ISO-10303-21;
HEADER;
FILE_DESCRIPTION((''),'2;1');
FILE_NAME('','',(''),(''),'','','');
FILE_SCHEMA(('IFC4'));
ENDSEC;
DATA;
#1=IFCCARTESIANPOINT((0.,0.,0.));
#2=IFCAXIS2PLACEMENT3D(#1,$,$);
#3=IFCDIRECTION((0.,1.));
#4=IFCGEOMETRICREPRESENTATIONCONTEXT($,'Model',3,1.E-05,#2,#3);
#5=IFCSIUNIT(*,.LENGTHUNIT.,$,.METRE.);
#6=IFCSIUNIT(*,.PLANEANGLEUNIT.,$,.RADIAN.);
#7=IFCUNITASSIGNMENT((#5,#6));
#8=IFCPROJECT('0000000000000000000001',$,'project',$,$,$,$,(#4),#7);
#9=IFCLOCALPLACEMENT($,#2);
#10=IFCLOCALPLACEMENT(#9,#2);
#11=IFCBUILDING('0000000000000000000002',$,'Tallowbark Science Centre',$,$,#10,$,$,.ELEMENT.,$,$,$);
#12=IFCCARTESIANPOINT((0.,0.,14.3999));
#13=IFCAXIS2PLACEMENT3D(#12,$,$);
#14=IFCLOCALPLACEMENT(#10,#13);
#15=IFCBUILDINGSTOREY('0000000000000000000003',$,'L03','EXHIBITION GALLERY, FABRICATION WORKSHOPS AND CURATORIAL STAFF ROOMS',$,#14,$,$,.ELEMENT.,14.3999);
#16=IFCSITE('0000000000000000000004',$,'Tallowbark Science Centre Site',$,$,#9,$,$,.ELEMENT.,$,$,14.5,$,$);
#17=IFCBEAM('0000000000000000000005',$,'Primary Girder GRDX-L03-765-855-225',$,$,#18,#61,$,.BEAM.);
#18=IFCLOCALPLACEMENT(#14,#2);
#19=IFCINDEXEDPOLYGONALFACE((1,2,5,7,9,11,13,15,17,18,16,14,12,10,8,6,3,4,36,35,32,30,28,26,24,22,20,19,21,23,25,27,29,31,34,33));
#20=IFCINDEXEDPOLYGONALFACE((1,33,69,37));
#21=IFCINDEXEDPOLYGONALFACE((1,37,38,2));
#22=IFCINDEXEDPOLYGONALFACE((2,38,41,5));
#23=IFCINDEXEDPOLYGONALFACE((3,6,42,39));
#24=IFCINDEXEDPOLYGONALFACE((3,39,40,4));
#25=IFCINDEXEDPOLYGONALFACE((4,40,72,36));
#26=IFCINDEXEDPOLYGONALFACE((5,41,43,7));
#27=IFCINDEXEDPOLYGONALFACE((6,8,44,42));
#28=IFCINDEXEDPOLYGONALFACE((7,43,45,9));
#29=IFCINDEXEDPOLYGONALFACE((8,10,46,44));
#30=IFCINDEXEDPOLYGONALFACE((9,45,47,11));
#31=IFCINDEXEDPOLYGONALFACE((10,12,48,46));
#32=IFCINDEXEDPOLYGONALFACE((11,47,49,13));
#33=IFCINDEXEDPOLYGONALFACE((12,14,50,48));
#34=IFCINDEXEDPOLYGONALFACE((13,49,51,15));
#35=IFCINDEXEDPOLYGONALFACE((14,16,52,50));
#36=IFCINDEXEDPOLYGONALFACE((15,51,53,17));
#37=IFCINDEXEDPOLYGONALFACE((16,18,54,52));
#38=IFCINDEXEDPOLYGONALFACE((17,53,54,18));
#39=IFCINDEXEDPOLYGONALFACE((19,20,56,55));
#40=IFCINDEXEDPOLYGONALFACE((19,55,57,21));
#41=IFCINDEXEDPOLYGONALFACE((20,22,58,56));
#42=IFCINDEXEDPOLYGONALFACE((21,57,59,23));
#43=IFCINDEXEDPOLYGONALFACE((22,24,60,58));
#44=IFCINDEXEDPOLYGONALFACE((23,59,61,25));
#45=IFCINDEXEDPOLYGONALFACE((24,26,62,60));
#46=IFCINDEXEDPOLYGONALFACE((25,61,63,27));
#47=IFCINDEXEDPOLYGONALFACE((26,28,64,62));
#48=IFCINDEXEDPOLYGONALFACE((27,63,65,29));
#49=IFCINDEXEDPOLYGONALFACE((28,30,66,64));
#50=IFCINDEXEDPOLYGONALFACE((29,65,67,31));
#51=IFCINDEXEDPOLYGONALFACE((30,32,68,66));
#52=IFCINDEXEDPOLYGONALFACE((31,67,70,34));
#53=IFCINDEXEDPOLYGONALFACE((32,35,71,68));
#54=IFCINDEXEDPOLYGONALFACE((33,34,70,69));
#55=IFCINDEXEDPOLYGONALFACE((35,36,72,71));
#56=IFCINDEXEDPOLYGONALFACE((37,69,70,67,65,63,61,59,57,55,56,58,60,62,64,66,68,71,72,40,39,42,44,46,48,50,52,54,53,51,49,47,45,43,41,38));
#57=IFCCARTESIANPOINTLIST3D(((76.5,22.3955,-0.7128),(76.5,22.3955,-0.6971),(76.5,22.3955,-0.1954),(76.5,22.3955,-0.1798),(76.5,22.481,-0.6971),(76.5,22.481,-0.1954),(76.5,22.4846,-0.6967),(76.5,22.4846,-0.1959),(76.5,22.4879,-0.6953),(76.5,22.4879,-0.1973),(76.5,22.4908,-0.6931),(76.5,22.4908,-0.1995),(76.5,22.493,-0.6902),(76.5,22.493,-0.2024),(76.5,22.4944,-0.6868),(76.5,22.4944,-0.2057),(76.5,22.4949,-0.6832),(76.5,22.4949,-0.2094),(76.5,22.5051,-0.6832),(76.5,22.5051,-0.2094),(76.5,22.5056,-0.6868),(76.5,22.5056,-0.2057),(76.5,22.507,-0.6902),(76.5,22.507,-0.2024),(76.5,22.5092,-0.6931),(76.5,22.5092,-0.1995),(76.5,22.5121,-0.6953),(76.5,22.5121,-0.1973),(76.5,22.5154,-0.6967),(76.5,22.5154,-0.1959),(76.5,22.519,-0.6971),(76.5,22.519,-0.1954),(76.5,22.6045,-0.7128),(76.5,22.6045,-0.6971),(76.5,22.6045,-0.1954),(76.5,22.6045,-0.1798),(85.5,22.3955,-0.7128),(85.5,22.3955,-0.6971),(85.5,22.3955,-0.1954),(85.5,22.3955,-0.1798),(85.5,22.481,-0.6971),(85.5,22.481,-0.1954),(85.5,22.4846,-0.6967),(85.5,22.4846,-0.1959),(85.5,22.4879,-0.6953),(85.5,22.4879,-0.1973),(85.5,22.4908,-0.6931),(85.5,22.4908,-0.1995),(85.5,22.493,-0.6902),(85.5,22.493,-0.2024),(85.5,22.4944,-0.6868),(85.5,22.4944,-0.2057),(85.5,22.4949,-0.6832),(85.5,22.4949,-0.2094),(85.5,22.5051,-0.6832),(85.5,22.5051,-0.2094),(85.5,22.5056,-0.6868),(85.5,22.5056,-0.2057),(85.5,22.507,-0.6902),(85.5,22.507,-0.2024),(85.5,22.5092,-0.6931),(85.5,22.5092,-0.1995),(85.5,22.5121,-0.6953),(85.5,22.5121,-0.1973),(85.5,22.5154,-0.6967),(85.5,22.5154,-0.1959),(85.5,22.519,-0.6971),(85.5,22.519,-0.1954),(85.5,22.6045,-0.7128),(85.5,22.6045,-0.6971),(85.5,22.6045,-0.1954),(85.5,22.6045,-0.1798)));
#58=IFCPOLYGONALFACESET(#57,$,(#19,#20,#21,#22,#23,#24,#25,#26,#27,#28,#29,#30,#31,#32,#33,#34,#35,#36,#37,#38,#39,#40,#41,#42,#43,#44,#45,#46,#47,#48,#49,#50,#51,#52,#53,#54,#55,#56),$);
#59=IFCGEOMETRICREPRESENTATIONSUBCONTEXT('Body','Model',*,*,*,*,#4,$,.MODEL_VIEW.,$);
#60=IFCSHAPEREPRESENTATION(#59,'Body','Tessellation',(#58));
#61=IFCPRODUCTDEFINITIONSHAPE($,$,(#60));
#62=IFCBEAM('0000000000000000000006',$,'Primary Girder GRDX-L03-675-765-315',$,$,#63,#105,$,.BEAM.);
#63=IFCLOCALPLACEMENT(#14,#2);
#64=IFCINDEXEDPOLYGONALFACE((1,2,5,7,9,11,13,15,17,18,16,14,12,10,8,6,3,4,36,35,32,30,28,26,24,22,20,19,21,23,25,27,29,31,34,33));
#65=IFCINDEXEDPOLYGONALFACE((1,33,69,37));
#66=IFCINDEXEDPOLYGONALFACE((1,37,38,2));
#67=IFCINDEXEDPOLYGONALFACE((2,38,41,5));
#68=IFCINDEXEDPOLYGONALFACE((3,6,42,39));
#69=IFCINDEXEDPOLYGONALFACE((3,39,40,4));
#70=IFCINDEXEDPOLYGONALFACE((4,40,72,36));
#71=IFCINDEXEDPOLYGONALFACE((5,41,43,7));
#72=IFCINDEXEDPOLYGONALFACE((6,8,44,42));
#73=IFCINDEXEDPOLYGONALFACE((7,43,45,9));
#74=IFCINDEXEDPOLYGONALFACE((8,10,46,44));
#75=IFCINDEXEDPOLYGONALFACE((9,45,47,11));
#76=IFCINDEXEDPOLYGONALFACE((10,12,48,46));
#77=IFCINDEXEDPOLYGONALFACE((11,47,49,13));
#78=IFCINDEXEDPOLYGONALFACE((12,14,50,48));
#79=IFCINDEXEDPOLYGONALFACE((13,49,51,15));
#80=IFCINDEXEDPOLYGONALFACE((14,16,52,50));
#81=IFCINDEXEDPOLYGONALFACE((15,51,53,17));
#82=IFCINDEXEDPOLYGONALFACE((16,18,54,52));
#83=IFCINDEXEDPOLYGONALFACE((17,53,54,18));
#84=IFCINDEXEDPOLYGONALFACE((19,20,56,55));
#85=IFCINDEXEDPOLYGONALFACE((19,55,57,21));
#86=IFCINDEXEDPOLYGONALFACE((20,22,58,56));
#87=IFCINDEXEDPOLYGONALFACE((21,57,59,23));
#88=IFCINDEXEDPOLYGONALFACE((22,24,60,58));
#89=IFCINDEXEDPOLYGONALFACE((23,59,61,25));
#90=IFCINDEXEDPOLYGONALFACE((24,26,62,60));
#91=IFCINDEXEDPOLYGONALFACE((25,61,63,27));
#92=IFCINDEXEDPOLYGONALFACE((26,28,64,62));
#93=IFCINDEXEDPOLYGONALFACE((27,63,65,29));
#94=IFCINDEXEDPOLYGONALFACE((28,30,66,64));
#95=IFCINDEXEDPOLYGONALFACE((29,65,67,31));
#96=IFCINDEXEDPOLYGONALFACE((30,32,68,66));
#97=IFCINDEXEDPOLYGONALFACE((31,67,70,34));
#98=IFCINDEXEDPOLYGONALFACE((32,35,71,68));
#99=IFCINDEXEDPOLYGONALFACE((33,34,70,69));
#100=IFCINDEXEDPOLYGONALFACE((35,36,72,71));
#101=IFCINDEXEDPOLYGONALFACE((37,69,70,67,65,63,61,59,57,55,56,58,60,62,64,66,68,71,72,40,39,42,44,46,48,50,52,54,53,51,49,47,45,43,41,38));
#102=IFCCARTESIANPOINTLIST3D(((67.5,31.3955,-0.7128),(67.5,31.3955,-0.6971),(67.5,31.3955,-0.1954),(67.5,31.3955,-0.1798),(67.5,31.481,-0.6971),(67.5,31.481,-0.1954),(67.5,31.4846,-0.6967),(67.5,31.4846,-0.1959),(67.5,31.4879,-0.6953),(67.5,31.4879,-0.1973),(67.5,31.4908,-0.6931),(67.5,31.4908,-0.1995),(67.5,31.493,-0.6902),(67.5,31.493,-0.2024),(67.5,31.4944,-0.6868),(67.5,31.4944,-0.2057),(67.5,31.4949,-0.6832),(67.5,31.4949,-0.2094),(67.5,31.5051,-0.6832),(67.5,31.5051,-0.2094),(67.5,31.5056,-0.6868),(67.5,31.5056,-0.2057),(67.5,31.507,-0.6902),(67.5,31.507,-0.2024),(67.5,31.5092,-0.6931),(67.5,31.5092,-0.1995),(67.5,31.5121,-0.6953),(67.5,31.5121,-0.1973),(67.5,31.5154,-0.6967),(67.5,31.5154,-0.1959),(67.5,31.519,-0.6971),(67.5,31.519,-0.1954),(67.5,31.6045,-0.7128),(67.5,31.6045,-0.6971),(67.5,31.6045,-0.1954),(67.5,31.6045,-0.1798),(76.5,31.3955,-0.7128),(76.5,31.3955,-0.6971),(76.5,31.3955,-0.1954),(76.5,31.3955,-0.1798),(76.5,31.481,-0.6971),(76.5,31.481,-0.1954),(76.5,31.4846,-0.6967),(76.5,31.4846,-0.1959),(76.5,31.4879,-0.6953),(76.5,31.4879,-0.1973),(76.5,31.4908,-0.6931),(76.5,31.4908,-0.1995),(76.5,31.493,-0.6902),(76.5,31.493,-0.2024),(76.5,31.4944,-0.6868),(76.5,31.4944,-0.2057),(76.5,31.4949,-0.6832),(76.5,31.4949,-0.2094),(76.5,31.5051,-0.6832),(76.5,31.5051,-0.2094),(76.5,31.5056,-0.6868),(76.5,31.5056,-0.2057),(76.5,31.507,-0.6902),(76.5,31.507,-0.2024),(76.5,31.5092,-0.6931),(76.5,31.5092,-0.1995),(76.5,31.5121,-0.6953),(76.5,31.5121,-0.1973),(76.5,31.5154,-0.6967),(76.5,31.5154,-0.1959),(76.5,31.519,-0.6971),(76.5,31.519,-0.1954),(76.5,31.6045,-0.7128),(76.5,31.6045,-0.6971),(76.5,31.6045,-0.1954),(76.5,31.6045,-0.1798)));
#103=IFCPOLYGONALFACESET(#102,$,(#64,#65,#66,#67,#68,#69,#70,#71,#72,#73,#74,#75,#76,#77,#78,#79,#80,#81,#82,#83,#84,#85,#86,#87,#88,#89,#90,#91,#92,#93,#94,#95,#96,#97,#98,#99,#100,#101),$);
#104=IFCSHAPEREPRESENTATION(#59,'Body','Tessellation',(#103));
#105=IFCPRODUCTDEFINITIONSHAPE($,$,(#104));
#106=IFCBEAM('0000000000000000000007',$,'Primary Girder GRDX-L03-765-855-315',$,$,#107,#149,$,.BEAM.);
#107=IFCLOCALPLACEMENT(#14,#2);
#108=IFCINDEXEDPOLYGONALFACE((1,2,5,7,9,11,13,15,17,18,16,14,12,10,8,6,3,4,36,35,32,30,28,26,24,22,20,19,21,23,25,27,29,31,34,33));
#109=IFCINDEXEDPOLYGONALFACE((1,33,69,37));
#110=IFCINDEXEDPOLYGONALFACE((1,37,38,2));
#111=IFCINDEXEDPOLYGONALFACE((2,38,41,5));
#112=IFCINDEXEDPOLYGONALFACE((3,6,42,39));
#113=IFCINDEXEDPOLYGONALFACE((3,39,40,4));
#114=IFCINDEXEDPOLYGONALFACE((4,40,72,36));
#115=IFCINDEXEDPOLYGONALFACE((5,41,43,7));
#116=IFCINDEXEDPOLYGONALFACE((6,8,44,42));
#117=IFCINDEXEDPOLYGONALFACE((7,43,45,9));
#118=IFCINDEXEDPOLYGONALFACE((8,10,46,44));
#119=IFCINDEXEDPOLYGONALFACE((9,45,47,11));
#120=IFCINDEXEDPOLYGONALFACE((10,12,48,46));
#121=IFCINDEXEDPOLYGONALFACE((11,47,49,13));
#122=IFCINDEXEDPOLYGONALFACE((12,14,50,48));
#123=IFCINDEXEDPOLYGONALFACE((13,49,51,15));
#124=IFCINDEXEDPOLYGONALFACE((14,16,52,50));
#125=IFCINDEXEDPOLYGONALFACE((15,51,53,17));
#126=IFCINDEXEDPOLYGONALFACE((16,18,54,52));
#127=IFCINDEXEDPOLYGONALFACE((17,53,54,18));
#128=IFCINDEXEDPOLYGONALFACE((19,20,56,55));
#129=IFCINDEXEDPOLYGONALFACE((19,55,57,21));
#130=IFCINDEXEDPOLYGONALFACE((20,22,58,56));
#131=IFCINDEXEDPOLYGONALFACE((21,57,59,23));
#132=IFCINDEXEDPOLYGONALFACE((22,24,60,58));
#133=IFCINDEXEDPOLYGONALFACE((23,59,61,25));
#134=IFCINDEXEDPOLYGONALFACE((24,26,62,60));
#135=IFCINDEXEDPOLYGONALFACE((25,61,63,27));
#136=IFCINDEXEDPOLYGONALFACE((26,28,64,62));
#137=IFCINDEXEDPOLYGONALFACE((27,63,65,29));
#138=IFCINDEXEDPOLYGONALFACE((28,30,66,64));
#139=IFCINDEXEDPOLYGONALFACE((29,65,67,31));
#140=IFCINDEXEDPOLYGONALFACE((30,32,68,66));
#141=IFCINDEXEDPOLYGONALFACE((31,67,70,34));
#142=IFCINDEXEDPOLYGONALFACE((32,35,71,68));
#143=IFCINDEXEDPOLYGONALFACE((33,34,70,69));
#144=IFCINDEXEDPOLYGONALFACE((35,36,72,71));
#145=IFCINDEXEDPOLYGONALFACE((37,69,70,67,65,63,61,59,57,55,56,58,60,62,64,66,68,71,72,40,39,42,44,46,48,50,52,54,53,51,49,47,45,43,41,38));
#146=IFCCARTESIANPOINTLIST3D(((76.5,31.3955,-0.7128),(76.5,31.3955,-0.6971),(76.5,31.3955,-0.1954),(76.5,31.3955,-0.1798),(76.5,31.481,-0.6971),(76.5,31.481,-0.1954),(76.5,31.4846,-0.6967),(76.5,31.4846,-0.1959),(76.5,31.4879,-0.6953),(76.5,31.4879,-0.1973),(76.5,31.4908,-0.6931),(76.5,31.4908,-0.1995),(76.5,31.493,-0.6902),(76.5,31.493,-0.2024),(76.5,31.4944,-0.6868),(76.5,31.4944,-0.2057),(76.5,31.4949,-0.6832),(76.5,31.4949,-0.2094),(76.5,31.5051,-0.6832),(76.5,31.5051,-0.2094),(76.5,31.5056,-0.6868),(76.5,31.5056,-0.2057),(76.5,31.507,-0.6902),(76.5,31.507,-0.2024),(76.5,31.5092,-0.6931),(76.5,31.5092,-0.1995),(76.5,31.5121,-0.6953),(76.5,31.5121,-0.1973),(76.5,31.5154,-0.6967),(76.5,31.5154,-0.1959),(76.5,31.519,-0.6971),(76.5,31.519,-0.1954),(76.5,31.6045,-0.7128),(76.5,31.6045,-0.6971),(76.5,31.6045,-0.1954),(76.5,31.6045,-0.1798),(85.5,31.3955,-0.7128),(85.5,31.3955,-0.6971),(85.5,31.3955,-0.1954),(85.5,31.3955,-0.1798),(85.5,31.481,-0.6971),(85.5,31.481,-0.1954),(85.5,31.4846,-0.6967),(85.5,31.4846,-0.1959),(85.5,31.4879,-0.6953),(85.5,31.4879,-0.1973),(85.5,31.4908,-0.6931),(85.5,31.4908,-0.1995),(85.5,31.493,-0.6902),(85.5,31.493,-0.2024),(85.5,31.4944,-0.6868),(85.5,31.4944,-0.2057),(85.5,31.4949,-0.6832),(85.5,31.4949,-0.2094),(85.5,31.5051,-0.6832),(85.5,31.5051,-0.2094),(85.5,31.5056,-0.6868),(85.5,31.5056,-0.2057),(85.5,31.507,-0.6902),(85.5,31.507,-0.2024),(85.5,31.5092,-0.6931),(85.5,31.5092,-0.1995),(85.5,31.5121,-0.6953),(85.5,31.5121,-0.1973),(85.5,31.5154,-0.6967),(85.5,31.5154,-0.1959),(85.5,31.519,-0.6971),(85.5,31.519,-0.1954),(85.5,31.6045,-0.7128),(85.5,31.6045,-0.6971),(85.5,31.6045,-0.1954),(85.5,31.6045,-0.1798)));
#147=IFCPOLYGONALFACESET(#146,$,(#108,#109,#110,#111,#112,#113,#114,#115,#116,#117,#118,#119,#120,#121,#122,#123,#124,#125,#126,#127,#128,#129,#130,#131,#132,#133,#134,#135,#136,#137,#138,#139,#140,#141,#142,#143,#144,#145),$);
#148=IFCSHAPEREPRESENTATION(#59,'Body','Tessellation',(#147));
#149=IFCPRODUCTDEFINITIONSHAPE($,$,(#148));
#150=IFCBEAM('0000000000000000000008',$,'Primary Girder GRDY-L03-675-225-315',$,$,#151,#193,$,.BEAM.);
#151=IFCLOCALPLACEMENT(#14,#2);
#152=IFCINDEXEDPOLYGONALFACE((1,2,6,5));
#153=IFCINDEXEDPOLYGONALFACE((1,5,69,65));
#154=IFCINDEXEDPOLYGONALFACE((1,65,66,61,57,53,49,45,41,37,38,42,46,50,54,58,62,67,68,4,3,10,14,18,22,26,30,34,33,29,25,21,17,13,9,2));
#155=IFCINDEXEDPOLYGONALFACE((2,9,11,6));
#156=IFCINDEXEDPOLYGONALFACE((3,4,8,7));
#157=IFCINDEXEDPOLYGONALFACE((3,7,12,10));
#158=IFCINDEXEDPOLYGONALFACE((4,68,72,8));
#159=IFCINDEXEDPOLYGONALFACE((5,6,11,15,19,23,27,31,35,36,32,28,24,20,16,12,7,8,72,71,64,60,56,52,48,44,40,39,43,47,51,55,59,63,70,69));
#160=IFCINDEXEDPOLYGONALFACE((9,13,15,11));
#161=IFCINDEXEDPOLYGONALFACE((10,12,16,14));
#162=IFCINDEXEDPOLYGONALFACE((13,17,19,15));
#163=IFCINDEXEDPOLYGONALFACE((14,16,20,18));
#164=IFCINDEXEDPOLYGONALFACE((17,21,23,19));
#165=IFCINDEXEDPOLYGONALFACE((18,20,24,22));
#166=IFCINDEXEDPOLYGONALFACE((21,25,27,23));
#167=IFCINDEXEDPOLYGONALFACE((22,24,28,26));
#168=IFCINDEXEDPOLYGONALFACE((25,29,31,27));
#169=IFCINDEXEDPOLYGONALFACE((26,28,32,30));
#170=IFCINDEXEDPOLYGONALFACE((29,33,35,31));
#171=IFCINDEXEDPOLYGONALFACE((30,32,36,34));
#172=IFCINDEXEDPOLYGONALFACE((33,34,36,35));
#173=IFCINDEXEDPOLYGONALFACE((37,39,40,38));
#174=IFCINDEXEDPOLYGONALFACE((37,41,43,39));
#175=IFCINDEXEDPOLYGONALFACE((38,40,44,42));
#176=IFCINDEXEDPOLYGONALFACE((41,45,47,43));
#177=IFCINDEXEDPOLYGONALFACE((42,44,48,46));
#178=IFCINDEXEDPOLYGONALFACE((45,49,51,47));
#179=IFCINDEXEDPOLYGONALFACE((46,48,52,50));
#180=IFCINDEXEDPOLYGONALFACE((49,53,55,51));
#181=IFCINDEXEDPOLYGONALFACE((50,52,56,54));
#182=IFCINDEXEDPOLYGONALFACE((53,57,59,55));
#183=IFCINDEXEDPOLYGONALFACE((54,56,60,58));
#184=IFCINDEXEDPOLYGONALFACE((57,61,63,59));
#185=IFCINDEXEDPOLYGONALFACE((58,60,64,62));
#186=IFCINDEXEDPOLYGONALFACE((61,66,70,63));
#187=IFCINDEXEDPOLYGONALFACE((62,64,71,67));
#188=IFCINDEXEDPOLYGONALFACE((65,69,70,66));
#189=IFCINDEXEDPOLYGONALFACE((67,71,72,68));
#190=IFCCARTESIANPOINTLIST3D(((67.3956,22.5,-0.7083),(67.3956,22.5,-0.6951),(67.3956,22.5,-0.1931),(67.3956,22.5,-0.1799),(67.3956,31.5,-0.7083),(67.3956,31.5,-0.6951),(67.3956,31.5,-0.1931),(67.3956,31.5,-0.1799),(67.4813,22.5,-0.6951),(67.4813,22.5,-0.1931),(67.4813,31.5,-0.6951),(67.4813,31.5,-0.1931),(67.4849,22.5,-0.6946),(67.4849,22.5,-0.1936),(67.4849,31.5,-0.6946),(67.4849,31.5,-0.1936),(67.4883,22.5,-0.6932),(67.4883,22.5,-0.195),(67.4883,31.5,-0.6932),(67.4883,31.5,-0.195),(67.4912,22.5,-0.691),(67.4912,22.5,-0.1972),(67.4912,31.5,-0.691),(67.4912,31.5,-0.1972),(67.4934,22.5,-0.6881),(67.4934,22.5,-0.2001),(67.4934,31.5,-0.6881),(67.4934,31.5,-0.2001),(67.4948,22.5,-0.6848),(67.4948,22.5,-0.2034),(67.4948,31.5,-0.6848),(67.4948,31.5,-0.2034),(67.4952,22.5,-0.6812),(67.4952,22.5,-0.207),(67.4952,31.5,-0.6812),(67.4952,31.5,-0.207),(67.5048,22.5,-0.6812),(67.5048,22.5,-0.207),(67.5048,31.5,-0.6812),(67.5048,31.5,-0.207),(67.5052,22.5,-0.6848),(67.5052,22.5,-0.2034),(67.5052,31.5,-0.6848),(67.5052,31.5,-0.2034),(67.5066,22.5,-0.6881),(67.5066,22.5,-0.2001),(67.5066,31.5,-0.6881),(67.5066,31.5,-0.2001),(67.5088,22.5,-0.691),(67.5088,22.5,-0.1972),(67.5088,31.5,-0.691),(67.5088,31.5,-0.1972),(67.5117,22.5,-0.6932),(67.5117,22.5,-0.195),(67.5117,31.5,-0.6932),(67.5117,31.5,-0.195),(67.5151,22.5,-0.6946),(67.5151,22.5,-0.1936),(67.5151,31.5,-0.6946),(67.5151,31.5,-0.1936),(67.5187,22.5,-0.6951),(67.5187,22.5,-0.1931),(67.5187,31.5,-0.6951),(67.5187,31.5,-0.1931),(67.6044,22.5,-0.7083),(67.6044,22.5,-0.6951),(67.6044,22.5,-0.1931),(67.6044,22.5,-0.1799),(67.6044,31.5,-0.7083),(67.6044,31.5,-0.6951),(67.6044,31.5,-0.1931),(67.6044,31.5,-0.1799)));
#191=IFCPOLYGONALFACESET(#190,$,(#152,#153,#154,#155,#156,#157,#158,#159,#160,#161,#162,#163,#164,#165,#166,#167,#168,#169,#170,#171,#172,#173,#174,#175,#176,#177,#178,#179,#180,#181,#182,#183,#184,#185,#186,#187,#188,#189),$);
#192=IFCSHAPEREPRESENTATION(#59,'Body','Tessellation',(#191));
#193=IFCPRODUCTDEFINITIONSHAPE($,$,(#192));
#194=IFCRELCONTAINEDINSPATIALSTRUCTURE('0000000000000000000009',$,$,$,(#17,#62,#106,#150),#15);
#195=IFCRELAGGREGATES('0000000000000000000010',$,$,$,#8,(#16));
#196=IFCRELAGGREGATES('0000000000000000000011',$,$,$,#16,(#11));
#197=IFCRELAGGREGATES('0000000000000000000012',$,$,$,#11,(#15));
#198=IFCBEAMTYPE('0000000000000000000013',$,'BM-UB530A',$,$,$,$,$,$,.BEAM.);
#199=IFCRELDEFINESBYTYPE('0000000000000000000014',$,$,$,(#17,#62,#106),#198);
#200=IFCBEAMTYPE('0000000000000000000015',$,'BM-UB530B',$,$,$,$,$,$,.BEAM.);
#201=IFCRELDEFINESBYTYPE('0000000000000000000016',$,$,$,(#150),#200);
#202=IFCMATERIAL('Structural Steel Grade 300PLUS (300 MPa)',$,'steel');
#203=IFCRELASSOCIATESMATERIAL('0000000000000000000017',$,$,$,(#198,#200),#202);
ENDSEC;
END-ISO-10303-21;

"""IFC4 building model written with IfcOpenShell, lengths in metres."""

from ifc_helpers import new_model, si_unit, direction, frame, origin, origin_2d, place, context, subcontext, project, spatial, i_section, extrude, material, material_profile, profile_set, type_object, element, save


model = new_model("IFC4")

# Units and contexts
model_context = context("Model", 3, precision=1e-05, world=origin(), true_north=direction((0.0, 1.0)))
body_context = subcontext(model_context, "Body", "Model", "MODEL_VIEW")
ifc_project = project(units=[si_unit("LENGTHUNIT", "METRE"), si_unit("PLANEANGLEUNIT", "RADIAN")], contexts=[model_context])

# Site, building, storey
site_placement = place(None, origin())
site = spatial("IfcSite", under=ifc_project, at=site_placement, Name="Tallowbark Science Centre Site", CompositionType="ELEMENT", RefElevation=14.5)
building_placement = place(site_placement, origin())
building = spatial("IfcBuilding", under=site, at=building_placement, Name="Tallowbark Science Centre", CompositionType="ELEMENT")
storey_placement = place(building_placement, frame((0.0, 0.0, 14.3999)))
storey = spatial("IfcBuildingStorey", under=building, at=storey_placement, Name="L03", Description="EXHIBITION GALLERY, FABRICATION WORKSHOPS AND CURATORIAL STAFF ROOMS", CompositionType="ELEMENT", Elevation=14.3999)

# Shared definitions
ifc_material_1 = material(Name="Structural Steel Grade 300PLUS (300 MPa)", Category="steel")

# Beams
ifc_material_profile_1 = material_profile(ifc_material_1, i_section(OverallWidth=0.209, OverallDepth=0.533, WebThickness=0.0103, FlangeThickness=0.0156, FilletRadius=0.0139, at=origin_2d()), Name="530UB92.4")
ifc_profile_set_1 = profile_set([ifc_material_profile_1], Name="Structural Steel Grade 300PLUS (300 MPa)")
beam_type_1 = type_object("IfcBeamType", Name="BM-UB530A", PredefinedType="BEAM", material=ifc_profile_set_1)
for number, where, z_axis, x_axis, name in (
    (1, (76.5, 22.5, -0.4463), (1.0, 0.0, 0.0), (0.0, 1.0, 0.0), "Primary Girder GRDX-L03-765-855-225"),
    (2, (67.5, 31.5, -0.4463), (1.0, 0.0, 0.0), (0.0, 1.0, 0.0), "Primary Girder GRDX-L03-675-765-315"),
    (3, (76.5, 31.5, -0.4463), (1.0, 0.0, 0.0), (0.0, 1.0, 0.0), "Primary Girder GRDX-L03-765-855-315"),
):
    element("IfcBeam", number, at=place(storey_placement, frame(where, z_axis=z_axis, x_axis=x_axis)), inside=storey, type_object=beam_type_1, Name=name, PredefinedType="BEAM", context=body_context, shape_type="SweptSolid", body=[
        extrude(i_section(OverallWidth=0.209, OverallDepth=0.533, WebThickness=0.0103, FlangeThickness=0.0156, FilletRadius=0.0139, at=origin_2d()), origin(), (0.0, 0.0, 1.0), 9.0),
    ])
ifc_material_profile_2 = material_profile(ifc_material_1, i_section(OverallWidth=0.2087, OverallDepth=0.5283, WebThickness=0.0095, FlangeThickness=0.0132, FilletRadius=0.0139, at=origin_2d()), Name="530UB82.0")
ifc_profile_set_2 = profile_set([ifc_material_profile_2], Name="Structural Steel Grade 300PLUS (300 MPa)")
beam_type_2 = type_object("IfcBeamType", Name="BM-UB530B", PredefinedType="BEAM", material=ifc_profile_set_2)
for number, where, z_axis, x_axis, name in (
    (4, (67.5, 22.5, -0.4441), (0.0, 1.0, 0.0), (-1.0, 0.0, 0.0), "Primary Girder GRDY-L03-675-225-315"),
):
    element("IfcBeam", number, at=place(storey_placement, frame(where, z_axis=z_axis, x_axis=x_axis)), inside=storey, type_object=beam_type_2, Name=name, PredefinedType="BEAM", context=body_context, shape_type="SweptSolid", body=[
        extrude(i_section(OverallWidth=0.2087, OverallDepth=0.5283, WebThickness=0.0095, FlangeThickness=0.0132, FilletRadius=0.0139, at=origin_2d()), origin(), (0.0, 0.0, 1.0), 9.0),
    ])

save(model, "model.ifc")
